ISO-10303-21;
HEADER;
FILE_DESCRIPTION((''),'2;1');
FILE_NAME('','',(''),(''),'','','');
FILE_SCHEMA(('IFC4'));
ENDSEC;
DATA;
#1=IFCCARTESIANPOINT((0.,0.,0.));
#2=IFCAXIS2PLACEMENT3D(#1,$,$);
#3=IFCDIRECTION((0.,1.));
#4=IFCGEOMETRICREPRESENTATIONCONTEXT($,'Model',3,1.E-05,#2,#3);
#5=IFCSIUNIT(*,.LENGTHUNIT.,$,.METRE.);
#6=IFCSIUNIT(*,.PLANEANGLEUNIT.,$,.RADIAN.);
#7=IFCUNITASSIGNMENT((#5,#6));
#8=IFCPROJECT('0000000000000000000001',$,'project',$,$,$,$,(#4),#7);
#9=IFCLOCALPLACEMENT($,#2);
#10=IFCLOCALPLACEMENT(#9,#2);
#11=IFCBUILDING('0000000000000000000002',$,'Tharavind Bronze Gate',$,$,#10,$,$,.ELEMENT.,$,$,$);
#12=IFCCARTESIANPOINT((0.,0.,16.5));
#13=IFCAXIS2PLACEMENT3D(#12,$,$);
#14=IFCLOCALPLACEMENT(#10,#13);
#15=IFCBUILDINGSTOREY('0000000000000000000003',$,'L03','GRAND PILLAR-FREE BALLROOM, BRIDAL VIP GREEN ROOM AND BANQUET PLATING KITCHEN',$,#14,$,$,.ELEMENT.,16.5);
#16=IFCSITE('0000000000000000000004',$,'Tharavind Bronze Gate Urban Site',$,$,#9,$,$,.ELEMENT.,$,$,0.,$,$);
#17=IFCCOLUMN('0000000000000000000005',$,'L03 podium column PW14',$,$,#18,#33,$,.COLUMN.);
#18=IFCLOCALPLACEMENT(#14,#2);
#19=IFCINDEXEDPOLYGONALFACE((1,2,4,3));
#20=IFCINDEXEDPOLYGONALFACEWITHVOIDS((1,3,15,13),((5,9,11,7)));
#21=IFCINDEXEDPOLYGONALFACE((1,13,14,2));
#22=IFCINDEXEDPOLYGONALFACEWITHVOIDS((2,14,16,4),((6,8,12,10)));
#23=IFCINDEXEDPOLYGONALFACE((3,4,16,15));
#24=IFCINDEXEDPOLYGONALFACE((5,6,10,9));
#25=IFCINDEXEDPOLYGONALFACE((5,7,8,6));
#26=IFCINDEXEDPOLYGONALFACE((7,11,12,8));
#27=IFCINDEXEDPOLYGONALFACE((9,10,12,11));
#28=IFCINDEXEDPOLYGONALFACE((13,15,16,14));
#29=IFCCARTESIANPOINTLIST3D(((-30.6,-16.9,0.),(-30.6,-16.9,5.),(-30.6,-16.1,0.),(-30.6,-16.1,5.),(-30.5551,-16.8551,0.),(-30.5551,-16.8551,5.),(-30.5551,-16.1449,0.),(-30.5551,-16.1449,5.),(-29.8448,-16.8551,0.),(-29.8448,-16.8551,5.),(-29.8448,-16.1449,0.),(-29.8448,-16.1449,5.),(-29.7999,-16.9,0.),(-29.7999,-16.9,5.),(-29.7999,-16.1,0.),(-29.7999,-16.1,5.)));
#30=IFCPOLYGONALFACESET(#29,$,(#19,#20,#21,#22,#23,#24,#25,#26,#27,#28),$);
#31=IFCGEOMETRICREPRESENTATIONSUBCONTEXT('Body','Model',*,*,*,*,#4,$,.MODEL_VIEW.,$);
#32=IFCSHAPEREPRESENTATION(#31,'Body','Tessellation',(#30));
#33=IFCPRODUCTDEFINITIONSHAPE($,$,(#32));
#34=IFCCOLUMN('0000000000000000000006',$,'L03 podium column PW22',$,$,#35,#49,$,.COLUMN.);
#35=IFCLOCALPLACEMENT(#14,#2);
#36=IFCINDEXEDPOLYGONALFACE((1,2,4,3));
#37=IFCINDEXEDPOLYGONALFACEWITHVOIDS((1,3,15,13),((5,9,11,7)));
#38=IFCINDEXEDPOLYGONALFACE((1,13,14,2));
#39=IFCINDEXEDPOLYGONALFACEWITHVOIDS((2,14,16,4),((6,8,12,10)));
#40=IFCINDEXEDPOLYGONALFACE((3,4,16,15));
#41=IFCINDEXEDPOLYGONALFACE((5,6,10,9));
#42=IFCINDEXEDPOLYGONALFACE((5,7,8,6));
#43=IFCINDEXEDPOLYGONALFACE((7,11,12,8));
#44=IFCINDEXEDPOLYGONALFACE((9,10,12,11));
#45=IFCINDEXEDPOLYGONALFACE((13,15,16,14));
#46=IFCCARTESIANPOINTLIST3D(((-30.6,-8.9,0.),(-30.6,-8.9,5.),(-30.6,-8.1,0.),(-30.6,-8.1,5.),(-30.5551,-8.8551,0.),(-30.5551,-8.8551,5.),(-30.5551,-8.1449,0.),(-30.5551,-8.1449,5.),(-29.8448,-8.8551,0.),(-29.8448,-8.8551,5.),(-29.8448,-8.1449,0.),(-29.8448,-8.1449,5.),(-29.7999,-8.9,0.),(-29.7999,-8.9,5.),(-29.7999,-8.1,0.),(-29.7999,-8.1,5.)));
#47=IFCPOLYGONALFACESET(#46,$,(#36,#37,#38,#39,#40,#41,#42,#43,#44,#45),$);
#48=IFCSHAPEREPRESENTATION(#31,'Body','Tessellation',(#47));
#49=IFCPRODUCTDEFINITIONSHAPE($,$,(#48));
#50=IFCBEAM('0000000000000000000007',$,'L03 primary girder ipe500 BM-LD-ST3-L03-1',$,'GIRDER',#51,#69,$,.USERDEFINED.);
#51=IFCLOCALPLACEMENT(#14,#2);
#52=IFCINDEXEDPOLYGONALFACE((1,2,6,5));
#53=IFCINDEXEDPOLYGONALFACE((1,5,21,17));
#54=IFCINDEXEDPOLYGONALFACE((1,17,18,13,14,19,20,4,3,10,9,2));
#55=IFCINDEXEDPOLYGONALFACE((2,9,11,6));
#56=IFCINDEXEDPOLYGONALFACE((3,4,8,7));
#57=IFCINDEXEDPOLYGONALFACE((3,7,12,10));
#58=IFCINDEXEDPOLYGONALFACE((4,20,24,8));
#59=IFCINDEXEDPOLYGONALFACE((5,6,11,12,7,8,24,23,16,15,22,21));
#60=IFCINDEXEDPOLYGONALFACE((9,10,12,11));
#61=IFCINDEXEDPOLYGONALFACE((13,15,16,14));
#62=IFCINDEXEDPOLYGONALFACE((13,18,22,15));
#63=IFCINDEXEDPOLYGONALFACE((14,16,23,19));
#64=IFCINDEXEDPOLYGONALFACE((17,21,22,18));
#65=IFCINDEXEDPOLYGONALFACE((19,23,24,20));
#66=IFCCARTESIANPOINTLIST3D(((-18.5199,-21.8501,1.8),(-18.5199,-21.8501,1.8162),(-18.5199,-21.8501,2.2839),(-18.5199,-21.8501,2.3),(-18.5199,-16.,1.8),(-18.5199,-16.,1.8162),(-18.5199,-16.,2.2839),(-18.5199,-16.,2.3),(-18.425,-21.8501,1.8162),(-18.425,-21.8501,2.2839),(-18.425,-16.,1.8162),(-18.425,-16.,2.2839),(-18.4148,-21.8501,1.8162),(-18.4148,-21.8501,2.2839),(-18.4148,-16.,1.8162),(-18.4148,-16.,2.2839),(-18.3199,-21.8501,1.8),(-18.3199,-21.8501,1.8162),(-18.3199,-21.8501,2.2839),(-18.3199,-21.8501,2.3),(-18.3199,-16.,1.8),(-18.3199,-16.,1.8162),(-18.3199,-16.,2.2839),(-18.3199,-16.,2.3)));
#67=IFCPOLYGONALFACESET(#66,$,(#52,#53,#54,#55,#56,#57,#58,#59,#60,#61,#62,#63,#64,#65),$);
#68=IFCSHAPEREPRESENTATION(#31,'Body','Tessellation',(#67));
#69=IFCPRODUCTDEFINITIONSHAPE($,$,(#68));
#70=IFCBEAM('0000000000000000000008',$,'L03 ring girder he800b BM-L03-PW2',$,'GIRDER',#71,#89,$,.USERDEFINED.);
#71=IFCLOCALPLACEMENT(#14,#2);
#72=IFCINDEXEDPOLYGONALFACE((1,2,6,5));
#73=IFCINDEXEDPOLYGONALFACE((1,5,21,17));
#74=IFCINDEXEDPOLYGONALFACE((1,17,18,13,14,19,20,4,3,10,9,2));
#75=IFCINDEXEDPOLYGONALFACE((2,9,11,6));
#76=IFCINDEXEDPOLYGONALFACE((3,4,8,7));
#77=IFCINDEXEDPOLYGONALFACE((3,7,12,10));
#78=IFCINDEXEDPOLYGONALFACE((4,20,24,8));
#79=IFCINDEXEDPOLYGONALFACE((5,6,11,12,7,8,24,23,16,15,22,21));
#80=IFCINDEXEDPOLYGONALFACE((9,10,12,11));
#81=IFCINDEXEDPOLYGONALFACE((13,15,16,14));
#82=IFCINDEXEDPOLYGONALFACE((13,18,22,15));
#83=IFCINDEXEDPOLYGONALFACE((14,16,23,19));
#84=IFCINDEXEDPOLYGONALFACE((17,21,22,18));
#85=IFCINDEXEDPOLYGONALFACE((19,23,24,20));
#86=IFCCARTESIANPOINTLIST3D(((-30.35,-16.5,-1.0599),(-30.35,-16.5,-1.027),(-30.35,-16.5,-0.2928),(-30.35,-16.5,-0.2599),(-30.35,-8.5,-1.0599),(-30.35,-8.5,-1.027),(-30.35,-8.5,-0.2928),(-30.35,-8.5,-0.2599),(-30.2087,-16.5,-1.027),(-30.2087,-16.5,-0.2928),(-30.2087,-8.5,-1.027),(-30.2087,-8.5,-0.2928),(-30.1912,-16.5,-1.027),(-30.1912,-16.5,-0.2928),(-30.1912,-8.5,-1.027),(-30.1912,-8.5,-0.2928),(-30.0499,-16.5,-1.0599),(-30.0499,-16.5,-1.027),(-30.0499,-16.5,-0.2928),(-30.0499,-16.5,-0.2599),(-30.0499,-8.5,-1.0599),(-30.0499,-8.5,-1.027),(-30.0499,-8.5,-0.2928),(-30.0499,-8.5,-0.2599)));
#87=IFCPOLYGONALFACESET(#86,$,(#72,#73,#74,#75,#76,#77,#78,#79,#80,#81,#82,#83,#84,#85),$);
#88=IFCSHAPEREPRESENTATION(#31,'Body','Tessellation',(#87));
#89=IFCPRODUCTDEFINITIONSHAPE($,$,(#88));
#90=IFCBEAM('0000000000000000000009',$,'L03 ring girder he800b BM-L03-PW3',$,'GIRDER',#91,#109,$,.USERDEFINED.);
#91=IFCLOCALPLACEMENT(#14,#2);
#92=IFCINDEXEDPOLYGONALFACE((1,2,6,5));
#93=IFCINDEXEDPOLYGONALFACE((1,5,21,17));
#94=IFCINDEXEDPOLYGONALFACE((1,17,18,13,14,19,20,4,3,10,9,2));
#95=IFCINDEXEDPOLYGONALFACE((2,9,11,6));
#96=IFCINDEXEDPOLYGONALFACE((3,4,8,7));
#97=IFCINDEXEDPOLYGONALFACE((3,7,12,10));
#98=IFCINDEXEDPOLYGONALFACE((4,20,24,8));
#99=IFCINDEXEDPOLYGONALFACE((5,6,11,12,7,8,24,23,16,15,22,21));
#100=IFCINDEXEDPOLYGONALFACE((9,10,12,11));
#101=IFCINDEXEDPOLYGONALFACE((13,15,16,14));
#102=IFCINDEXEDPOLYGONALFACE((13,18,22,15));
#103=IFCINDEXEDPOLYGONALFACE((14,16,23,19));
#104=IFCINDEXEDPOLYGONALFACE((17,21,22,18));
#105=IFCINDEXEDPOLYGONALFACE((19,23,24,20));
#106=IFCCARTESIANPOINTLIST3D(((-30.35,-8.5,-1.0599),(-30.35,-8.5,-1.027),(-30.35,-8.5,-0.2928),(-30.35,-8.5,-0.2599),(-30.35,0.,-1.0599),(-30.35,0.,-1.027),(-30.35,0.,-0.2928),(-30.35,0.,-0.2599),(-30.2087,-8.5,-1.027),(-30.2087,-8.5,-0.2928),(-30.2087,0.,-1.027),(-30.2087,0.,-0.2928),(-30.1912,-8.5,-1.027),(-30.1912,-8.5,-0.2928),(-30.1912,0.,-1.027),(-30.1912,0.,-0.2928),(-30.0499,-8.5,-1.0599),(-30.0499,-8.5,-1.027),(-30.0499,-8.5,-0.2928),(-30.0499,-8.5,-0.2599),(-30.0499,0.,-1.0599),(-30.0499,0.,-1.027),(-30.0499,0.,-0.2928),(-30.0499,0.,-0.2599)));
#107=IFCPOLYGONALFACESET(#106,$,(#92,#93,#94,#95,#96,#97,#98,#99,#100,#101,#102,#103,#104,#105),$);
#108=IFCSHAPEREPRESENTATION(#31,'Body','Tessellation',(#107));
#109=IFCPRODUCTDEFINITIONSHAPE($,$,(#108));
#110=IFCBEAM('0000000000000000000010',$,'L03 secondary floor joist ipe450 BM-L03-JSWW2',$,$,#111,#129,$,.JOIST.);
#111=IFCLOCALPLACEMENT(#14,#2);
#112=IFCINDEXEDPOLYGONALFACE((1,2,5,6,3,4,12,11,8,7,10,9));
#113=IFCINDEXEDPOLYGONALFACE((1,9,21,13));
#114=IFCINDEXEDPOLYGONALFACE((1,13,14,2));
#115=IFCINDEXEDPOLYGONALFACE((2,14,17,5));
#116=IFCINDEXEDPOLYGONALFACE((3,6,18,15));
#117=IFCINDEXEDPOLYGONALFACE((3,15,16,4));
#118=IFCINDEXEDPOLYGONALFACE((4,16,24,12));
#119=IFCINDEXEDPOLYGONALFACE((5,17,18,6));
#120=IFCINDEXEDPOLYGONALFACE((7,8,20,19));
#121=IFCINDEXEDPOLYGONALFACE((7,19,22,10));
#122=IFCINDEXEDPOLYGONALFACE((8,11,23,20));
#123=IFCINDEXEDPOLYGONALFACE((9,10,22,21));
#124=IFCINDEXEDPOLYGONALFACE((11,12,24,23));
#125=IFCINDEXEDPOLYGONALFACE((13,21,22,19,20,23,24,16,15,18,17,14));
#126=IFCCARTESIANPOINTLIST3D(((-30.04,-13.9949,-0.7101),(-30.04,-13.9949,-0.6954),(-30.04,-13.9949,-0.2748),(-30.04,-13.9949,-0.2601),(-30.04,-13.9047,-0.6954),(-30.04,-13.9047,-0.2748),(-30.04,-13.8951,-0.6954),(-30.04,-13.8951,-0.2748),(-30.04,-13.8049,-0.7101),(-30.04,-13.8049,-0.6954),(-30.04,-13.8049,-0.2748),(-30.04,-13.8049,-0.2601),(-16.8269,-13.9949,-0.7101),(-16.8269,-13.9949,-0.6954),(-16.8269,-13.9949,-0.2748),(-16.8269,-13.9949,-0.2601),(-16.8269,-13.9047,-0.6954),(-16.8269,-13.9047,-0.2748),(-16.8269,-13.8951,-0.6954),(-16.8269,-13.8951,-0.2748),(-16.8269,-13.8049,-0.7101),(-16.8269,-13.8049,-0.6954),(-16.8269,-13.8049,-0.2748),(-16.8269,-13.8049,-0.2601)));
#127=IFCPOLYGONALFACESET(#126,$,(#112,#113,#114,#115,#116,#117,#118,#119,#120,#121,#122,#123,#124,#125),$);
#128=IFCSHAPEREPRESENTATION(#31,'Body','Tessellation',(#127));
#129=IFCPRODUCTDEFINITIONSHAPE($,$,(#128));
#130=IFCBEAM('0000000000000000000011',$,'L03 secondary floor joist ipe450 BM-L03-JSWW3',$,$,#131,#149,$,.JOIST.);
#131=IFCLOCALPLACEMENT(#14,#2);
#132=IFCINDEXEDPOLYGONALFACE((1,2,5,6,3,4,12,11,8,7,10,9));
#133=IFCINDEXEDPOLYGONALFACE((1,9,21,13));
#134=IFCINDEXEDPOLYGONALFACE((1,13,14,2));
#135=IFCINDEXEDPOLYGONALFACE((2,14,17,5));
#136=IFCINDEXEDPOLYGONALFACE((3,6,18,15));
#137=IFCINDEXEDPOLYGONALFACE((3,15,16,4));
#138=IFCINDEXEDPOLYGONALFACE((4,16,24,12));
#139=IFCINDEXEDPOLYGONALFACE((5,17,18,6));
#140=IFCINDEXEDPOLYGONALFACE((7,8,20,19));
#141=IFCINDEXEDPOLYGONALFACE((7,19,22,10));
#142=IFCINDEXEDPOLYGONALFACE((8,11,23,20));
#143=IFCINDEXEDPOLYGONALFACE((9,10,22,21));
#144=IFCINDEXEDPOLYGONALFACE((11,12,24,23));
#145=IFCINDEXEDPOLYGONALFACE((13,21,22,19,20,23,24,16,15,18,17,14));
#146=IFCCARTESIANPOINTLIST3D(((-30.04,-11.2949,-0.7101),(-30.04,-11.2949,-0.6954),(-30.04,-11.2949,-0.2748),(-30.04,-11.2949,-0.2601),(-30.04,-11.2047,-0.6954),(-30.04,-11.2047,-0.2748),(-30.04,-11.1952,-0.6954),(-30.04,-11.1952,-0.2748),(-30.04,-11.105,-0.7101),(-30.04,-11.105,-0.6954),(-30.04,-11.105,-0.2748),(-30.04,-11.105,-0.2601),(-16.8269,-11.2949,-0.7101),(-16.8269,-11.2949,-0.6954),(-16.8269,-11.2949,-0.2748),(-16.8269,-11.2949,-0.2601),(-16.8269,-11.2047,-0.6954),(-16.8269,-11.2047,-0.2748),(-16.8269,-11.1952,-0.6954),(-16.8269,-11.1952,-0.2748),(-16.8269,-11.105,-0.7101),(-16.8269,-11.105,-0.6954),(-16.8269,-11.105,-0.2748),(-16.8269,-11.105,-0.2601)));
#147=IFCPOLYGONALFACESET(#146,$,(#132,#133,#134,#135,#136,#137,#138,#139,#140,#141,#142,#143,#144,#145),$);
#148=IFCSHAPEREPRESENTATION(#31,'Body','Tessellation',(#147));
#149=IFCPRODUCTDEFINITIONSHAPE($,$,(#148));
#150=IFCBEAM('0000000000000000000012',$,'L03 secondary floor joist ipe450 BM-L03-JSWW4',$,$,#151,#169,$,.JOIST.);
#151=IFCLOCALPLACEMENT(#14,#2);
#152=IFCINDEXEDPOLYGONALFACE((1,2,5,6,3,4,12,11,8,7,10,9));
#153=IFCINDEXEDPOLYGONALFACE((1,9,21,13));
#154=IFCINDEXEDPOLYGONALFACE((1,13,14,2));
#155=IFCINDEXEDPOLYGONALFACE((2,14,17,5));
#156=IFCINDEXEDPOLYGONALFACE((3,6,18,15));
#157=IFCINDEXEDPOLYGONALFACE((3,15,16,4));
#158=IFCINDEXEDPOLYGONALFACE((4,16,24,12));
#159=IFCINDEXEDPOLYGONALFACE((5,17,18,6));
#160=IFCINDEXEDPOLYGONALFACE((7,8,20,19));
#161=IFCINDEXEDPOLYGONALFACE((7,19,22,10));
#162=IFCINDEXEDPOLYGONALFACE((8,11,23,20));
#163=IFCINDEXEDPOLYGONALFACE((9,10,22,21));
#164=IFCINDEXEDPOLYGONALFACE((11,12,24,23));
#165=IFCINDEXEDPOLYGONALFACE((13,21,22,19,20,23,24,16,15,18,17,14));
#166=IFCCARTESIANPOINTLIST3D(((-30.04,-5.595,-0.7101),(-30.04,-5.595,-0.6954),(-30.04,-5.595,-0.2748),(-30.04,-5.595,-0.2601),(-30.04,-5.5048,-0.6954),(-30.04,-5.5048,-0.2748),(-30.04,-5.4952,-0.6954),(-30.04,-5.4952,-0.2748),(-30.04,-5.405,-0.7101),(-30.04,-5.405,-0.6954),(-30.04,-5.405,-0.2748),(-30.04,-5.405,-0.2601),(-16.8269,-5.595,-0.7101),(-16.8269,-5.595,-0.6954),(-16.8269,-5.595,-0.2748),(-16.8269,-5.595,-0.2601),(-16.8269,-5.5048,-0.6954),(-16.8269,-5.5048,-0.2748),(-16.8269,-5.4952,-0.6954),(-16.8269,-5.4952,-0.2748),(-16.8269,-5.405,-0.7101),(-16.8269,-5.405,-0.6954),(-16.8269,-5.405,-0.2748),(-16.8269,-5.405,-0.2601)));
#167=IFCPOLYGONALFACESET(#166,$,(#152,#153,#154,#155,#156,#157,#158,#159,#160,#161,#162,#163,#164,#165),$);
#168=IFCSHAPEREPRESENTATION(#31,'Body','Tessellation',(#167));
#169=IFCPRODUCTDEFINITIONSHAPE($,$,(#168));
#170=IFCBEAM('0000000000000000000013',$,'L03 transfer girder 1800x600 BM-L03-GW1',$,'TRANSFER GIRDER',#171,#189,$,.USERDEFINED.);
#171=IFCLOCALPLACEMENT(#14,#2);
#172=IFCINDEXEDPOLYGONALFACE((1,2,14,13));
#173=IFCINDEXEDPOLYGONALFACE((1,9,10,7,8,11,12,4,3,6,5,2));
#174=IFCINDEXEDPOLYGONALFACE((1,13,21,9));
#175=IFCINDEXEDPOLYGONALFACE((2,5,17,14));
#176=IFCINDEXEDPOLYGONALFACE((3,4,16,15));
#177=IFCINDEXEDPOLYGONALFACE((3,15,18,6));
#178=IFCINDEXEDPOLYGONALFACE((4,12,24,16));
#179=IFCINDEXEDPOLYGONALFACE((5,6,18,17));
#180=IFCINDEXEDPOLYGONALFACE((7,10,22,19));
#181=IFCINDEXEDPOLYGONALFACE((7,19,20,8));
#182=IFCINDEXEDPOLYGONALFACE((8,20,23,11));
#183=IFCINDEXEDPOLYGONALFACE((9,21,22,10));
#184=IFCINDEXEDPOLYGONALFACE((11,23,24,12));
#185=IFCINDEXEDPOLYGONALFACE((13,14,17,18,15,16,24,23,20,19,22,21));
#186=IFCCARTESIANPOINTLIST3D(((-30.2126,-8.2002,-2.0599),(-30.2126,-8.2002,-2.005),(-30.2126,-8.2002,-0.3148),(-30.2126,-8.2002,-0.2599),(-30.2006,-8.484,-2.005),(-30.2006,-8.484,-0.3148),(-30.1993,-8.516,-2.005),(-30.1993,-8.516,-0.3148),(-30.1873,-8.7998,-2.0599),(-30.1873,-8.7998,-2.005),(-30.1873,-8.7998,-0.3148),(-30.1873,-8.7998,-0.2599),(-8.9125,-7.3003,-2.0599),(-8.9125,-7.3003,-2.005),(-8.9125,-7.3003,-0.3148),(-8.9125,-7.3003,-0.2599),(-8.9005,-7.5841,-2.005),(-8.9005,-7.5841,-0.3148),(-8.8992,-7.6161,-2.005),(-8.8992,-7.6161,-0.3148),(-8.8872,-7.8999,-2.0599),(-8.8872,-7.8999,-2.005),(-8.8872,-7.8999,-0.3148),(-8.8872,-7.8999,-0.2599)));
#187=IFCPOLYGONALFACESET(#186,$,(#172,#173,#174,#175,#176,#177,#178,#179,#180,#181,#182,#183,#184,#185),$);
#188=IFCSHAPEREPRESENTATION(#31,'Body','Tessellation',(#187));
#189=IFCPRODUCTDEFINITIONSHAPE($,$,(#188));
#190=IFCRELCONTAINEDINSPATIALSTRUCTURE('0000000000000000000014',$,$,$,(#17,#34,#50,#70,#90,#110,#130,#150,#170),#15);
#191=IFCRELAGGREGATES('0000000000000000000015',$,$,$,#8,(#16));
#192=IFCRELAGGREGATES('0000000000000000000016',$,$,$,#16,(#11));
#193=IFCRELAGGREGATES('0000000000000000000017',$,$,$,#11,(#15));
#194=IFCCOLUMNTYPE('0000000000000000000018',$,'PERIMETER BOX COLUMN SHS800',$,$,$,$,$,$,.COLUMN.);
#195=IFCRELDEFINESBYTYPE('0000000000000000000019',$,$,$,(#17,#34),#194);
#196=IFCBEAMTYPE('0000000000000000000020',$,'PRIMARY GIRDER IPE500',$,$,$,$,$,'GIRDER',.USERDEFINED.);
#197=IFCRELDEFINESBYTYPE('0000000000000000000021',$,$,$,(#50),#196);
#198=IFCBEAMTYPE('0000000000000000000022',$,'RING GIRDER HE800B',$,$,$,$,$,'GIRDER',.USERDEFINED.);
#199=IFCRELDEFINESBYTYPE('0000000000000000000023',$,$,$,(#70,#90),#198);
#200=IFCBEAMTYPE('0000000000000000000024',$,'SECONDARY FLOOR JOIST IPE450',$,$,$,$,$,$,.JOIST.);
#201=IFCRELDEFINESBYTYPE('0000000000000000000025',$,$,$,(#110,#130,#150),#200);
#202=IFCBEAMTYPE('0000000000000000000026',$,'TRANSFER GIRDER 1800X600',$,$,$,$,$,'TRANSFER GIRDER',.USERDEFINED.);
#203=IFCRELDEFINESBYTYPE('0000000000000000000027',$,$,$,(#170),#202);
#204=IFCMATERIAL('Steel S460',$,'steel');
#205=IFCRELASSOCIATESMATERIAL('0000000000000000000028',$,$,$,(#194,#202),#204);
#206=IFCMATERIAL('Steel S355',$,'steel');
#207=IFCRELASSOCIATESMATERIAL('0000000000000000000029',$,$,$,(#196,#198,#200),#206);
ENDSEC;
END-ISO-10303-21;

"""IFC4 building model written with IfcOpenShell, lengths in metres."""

from ifc_helpers import new_model, si_unit, direction, frame, origin, origin_2d, place, context, subcontext, project, spatial, hollow_rectangle, i_section, extrude, material, material_profile, profile_set, type_object, element, save


model = new_model("IFC4")

# Units and contexts
model_context = context("Model", 3, precision=1e-05, world=origin(), true_north=direction((0.0, 1.0)))
body_context = subcontext(model_context, "Body", "Model", "MODEL_VIEW")
ifc_project = project(units=[si_unit("LENGTHUNIT", "METRE"), si_unit("PLANEANGLEUNIT", "RADIAN")], contexts=[model_context])

# Site, building, storey
site_placement = place(None, origin())
site = spatial("IfcSite", under=ifc_project, at=site_placement, Name="Tharavind Bronze Gate Urban Site", CompositionType="ELEMENT", RefElevation=0.0)
building_placement = place(site_placement, origin())
building = spatial("IfcBuilding", under=site, at=building_placement, Name="Tharavind Bronze Gate", CompositionType="ELEMENT")
storey_placement = place(building_placement, frame((0.0, 0.0, 16.5)))
storey = spatial("IfcBuildingStorey", under=building, at=storey_placement, Name="L03", Description="GRAND PILLAR-FREE BALLROOM, BRIDAL VIP GREEN ROOM AND BANQUET PLATING KITCHEN", CompositionType="ELEMENT", Elevation=16.5)

# Columns
ifc_material_1 = material(Name="Steel S460", Category="steel")
ifc_material_profile_1 = material_profile(ifc_material_1, hollow_rectangle(XDim=0.8, YDim=0.8, WallThickness=0.0449, at=origin_2d()), Name="SHS800X45")
ifc_profile_set_1 = profile_set([ifc_material_profile_1], Name="Steel S460")
column_type = type_object("IfcColumnType", Name="PERIMETER BOX COLUMN SHS800", PredefinedType="COLUMN", material=ifc_profile_set_1)
for number, where, z_axis, x_axis, name in (
    (1, (-30.2, -16.5, 0.0), (0.0, 0.0, 1.0), (1.0, 0.0, 0.0), "L03 podium column PW14"),
    (2, (-30.2, -8.5, 0.0), (0.0, 0.0, 1.0), (1.0, 0.0, 0.0), "L03 podium column PW22"),
):
    element("IfcColumn", number, at=place(storey_placement, frame(where, z_axis=z_axis, x_axis=x_axis)), inside=storey, type_object=column_type, Name=name, PredefinedType="COLUMN", context=body_context, shape_type="SweptSolid", body=[
        extrude(hollow_rectangle(XDim=0.8, YDim=0.8, WallThickness=0.0449, at=origin_2d()), origin(), (0.0, 0.0, 1.0), 5.0),
    ])

# Beams
ifc_material_2 = material(Name="Steel S355", Category="steel")
ifc_material_profile_2 = material_profile(ifc_material_2, i_section(OverallWidth=0.2, OverallDepth=0.5, WebThickness=0.0103, FlangeThickness=0.0161, at=origin_2d()), Name="IPE500")
ifc_profile_set_2 = profile_set([ifc_material_profile_2], Name="Steel S355")
beam_type_1 = type_object("IfcBeamType", Name="PRIMARY GIRDER IPE500", ElementType="GIRDER", PredefinedType="USERDEFINED", material=ifc_profile_set_2)
beam_1_placement = place(storey_placement, frame((-18.4199, -21.8501, 2.05), z_axis=(0.0, 1.0, 0.0), x_axis=(-1.0, 0.0, 0.0)))
element("IfcBeam", 3, at=beam_1_placement, inside=storey, type_object=beam_type_1, Name="L03 primary girder ipe500 BM-LD-ST3-L03-1", ObjectType="GIRDER", PredefinedType="USERDEFINED", context=body_context, shape_type="SweptSolid", body=[
    extrude(i_section(OverallWidth=0.2, OverallDepth=0.5, WebThickness=0.0103, FlangeThickness=0.0161, at=origin_2d()), origin(), (0.0, 0.0, 1.0), 5.8501),
])
ifc_material_profile_3 = material_profile(ifc_material_2, i_section(OverallWidth=0.3, OverallDepth=0.8, WebThickness=0.0176, FlangeThickness=0.033, at=origin_2d()), Name="HE800B")
ifc_profile_set_3 = profile_set([ifc_material_profile_3], Name="Steel S355")
beam_type_2 = type_object("IfcBeamType", Name="RING GIRDER HE800B", ElementType="GIRDER", PredefinedType="USERDEFINED", material=ifc_profile_set_3)
beam_2_placement = place(storey_placement, frame((-30.2, -16.5, -0.6599), z_axis=(0.0, 1.0, 0.0), x_axis=(-1.0, 0.0, 0.0)))
element("IfcBeam", 4, at=beam_2_placement, inside=storey, type_object=beam_type_2, Name="L03 ring girder he800b BM-L03-PW2", ObjectType="GIRDER", PredefinedType="USERDEFINED", context=body_context, shape_type="SweptSolid", body=[
    extrude(i_section(OverallWidth=0.3, OverallDepth=0.8, WebThickness=0.0176, FlangeThickness=0.033, at=origin_2d()), origin(), (0.0, 0.0, 1.0), 8.0),
])
beam_3_placement = place(storey_placement, frame((-30.2, -8.5, -0.6599), z_axis=(0.0, 1.0, 0.0), x_axis=(-1.0, 0.0, 0.0)))
element("IfcBeam", 5, at=beam_3_placement, inside=storey, type_object=beam_type_2, Name="L03 ring girder he800b BM-L03-PW3", ObjectType="GIRDER", PredefinedType="USERDEFINED", context=body_context, shape_type="SweptSolid", body=[
    extrude(i_section(OverallWidth=0.3, OverallDepth=0.8, WebThickness=0.0176, FlangeThickness=0.033, at=origin_2d()), origin(), (0.0, 0.0, 1.0), 8.5),
])
ifc_material_profile_4 = material_profile(ifc_material_2, i_section(OverallWidth=0.1899, OverallDepth=0.45, WebThickness=0.0095, FlangeThickness=0.0146, at=origin_2d()), Name="IPE450")
ifc_profile_set_4 = profile_set([ifc_material_profile_4], Name="Steel S355")
beam_type_3 = type_object("IfcBeamType", Name="SECONDARY FLOOR JOIST IPE450", PredefinedType="JOIST", material=ifc_profile_set_4)
for number, where, z_axis, x_axis, name in (
    (6, (-30.04, -13.8999, -0.4851), (1.0, 0.0, 0.0), (0.0, 1.0, 0.0), "L03 secondary floor joist ipe450 BM-L03-JSWW2"),
    (7, (-30.04, -11.2, -0.4851), (1.0, 0.0, 0.0), (0.0, 1.0, 0.0), "L03 secondary floor joist ipe450 BM-L03-JSWW3"),
    (8, (-30.04, -5.5, -0.4851), (1.0, 0.0, 0.0), (0.0, 1.0, 0.0), "L03 secondary floor joist ipe450 BM-L03-JSWW4"),
):
    element("IfcBeam", number, at=place(storey_placement, frame(where, z_axis=z_axis, x_axis=x_axis)), inside=storey, type_object=beam_type_3, Name=name, PredefinedType="JOIST", context=body_context, shape_type="SweptSolid", body=[
        extrude(i_section(OverallWidth=0.1899, OverallDepth=0.45, WebThickness=0.0095, FlangeThickness=0.0146, at=origin_2d()), origin(), (0.0, 0.0, 1.0), 13.2131),
    ])
ifc_material_profile_5 = material_profile(ifc_material_1, i_section(OverallWidth=0.6001, OverallDepth=1.8, WebThickness=0.032, FlangeThickness=0.0549, at=origin_2d()), Name="PG1800X600")
ifc_profile_set_5 = profile_set([ifc_material_profile_5], Name="Steel S460")
beam_type_4 = type_object("IfcBeamType", Name="TRANSFER GIRDER 1800X600", ElementType="TRANSFER GIRDER", PredefinedType="USERDEFINED", material=ifc_profile_set_5)
beam_4_placement = place(storey_placement, frame((-30.2, -8.5, -1.1599), z_axis=(0.999109, 0.042211, 0.0), x_axis=(-0.042211, 0.999109, 0.0)))
element("IfcBeam", 9, at=beam_4_placement, inside=storey, type_object=beam_type_4, Name="L03 transfer girder 1800x600 BM-L03-GW1", ObjectType="TRANSFER GIRDER", PredefinedType="USERDEFINED", context=body_context, shape_type="SweptSolid", body=[
    extrude(i_section(OverallWidth=0.6001, OverallDepth=1.8, WebThickness=0.032, FlangeThickness=0.0549, at=origin_2d()), origin(), (0.0, 0.0, 1.0), 21.3191),
])

save(model, "model.ifc")
